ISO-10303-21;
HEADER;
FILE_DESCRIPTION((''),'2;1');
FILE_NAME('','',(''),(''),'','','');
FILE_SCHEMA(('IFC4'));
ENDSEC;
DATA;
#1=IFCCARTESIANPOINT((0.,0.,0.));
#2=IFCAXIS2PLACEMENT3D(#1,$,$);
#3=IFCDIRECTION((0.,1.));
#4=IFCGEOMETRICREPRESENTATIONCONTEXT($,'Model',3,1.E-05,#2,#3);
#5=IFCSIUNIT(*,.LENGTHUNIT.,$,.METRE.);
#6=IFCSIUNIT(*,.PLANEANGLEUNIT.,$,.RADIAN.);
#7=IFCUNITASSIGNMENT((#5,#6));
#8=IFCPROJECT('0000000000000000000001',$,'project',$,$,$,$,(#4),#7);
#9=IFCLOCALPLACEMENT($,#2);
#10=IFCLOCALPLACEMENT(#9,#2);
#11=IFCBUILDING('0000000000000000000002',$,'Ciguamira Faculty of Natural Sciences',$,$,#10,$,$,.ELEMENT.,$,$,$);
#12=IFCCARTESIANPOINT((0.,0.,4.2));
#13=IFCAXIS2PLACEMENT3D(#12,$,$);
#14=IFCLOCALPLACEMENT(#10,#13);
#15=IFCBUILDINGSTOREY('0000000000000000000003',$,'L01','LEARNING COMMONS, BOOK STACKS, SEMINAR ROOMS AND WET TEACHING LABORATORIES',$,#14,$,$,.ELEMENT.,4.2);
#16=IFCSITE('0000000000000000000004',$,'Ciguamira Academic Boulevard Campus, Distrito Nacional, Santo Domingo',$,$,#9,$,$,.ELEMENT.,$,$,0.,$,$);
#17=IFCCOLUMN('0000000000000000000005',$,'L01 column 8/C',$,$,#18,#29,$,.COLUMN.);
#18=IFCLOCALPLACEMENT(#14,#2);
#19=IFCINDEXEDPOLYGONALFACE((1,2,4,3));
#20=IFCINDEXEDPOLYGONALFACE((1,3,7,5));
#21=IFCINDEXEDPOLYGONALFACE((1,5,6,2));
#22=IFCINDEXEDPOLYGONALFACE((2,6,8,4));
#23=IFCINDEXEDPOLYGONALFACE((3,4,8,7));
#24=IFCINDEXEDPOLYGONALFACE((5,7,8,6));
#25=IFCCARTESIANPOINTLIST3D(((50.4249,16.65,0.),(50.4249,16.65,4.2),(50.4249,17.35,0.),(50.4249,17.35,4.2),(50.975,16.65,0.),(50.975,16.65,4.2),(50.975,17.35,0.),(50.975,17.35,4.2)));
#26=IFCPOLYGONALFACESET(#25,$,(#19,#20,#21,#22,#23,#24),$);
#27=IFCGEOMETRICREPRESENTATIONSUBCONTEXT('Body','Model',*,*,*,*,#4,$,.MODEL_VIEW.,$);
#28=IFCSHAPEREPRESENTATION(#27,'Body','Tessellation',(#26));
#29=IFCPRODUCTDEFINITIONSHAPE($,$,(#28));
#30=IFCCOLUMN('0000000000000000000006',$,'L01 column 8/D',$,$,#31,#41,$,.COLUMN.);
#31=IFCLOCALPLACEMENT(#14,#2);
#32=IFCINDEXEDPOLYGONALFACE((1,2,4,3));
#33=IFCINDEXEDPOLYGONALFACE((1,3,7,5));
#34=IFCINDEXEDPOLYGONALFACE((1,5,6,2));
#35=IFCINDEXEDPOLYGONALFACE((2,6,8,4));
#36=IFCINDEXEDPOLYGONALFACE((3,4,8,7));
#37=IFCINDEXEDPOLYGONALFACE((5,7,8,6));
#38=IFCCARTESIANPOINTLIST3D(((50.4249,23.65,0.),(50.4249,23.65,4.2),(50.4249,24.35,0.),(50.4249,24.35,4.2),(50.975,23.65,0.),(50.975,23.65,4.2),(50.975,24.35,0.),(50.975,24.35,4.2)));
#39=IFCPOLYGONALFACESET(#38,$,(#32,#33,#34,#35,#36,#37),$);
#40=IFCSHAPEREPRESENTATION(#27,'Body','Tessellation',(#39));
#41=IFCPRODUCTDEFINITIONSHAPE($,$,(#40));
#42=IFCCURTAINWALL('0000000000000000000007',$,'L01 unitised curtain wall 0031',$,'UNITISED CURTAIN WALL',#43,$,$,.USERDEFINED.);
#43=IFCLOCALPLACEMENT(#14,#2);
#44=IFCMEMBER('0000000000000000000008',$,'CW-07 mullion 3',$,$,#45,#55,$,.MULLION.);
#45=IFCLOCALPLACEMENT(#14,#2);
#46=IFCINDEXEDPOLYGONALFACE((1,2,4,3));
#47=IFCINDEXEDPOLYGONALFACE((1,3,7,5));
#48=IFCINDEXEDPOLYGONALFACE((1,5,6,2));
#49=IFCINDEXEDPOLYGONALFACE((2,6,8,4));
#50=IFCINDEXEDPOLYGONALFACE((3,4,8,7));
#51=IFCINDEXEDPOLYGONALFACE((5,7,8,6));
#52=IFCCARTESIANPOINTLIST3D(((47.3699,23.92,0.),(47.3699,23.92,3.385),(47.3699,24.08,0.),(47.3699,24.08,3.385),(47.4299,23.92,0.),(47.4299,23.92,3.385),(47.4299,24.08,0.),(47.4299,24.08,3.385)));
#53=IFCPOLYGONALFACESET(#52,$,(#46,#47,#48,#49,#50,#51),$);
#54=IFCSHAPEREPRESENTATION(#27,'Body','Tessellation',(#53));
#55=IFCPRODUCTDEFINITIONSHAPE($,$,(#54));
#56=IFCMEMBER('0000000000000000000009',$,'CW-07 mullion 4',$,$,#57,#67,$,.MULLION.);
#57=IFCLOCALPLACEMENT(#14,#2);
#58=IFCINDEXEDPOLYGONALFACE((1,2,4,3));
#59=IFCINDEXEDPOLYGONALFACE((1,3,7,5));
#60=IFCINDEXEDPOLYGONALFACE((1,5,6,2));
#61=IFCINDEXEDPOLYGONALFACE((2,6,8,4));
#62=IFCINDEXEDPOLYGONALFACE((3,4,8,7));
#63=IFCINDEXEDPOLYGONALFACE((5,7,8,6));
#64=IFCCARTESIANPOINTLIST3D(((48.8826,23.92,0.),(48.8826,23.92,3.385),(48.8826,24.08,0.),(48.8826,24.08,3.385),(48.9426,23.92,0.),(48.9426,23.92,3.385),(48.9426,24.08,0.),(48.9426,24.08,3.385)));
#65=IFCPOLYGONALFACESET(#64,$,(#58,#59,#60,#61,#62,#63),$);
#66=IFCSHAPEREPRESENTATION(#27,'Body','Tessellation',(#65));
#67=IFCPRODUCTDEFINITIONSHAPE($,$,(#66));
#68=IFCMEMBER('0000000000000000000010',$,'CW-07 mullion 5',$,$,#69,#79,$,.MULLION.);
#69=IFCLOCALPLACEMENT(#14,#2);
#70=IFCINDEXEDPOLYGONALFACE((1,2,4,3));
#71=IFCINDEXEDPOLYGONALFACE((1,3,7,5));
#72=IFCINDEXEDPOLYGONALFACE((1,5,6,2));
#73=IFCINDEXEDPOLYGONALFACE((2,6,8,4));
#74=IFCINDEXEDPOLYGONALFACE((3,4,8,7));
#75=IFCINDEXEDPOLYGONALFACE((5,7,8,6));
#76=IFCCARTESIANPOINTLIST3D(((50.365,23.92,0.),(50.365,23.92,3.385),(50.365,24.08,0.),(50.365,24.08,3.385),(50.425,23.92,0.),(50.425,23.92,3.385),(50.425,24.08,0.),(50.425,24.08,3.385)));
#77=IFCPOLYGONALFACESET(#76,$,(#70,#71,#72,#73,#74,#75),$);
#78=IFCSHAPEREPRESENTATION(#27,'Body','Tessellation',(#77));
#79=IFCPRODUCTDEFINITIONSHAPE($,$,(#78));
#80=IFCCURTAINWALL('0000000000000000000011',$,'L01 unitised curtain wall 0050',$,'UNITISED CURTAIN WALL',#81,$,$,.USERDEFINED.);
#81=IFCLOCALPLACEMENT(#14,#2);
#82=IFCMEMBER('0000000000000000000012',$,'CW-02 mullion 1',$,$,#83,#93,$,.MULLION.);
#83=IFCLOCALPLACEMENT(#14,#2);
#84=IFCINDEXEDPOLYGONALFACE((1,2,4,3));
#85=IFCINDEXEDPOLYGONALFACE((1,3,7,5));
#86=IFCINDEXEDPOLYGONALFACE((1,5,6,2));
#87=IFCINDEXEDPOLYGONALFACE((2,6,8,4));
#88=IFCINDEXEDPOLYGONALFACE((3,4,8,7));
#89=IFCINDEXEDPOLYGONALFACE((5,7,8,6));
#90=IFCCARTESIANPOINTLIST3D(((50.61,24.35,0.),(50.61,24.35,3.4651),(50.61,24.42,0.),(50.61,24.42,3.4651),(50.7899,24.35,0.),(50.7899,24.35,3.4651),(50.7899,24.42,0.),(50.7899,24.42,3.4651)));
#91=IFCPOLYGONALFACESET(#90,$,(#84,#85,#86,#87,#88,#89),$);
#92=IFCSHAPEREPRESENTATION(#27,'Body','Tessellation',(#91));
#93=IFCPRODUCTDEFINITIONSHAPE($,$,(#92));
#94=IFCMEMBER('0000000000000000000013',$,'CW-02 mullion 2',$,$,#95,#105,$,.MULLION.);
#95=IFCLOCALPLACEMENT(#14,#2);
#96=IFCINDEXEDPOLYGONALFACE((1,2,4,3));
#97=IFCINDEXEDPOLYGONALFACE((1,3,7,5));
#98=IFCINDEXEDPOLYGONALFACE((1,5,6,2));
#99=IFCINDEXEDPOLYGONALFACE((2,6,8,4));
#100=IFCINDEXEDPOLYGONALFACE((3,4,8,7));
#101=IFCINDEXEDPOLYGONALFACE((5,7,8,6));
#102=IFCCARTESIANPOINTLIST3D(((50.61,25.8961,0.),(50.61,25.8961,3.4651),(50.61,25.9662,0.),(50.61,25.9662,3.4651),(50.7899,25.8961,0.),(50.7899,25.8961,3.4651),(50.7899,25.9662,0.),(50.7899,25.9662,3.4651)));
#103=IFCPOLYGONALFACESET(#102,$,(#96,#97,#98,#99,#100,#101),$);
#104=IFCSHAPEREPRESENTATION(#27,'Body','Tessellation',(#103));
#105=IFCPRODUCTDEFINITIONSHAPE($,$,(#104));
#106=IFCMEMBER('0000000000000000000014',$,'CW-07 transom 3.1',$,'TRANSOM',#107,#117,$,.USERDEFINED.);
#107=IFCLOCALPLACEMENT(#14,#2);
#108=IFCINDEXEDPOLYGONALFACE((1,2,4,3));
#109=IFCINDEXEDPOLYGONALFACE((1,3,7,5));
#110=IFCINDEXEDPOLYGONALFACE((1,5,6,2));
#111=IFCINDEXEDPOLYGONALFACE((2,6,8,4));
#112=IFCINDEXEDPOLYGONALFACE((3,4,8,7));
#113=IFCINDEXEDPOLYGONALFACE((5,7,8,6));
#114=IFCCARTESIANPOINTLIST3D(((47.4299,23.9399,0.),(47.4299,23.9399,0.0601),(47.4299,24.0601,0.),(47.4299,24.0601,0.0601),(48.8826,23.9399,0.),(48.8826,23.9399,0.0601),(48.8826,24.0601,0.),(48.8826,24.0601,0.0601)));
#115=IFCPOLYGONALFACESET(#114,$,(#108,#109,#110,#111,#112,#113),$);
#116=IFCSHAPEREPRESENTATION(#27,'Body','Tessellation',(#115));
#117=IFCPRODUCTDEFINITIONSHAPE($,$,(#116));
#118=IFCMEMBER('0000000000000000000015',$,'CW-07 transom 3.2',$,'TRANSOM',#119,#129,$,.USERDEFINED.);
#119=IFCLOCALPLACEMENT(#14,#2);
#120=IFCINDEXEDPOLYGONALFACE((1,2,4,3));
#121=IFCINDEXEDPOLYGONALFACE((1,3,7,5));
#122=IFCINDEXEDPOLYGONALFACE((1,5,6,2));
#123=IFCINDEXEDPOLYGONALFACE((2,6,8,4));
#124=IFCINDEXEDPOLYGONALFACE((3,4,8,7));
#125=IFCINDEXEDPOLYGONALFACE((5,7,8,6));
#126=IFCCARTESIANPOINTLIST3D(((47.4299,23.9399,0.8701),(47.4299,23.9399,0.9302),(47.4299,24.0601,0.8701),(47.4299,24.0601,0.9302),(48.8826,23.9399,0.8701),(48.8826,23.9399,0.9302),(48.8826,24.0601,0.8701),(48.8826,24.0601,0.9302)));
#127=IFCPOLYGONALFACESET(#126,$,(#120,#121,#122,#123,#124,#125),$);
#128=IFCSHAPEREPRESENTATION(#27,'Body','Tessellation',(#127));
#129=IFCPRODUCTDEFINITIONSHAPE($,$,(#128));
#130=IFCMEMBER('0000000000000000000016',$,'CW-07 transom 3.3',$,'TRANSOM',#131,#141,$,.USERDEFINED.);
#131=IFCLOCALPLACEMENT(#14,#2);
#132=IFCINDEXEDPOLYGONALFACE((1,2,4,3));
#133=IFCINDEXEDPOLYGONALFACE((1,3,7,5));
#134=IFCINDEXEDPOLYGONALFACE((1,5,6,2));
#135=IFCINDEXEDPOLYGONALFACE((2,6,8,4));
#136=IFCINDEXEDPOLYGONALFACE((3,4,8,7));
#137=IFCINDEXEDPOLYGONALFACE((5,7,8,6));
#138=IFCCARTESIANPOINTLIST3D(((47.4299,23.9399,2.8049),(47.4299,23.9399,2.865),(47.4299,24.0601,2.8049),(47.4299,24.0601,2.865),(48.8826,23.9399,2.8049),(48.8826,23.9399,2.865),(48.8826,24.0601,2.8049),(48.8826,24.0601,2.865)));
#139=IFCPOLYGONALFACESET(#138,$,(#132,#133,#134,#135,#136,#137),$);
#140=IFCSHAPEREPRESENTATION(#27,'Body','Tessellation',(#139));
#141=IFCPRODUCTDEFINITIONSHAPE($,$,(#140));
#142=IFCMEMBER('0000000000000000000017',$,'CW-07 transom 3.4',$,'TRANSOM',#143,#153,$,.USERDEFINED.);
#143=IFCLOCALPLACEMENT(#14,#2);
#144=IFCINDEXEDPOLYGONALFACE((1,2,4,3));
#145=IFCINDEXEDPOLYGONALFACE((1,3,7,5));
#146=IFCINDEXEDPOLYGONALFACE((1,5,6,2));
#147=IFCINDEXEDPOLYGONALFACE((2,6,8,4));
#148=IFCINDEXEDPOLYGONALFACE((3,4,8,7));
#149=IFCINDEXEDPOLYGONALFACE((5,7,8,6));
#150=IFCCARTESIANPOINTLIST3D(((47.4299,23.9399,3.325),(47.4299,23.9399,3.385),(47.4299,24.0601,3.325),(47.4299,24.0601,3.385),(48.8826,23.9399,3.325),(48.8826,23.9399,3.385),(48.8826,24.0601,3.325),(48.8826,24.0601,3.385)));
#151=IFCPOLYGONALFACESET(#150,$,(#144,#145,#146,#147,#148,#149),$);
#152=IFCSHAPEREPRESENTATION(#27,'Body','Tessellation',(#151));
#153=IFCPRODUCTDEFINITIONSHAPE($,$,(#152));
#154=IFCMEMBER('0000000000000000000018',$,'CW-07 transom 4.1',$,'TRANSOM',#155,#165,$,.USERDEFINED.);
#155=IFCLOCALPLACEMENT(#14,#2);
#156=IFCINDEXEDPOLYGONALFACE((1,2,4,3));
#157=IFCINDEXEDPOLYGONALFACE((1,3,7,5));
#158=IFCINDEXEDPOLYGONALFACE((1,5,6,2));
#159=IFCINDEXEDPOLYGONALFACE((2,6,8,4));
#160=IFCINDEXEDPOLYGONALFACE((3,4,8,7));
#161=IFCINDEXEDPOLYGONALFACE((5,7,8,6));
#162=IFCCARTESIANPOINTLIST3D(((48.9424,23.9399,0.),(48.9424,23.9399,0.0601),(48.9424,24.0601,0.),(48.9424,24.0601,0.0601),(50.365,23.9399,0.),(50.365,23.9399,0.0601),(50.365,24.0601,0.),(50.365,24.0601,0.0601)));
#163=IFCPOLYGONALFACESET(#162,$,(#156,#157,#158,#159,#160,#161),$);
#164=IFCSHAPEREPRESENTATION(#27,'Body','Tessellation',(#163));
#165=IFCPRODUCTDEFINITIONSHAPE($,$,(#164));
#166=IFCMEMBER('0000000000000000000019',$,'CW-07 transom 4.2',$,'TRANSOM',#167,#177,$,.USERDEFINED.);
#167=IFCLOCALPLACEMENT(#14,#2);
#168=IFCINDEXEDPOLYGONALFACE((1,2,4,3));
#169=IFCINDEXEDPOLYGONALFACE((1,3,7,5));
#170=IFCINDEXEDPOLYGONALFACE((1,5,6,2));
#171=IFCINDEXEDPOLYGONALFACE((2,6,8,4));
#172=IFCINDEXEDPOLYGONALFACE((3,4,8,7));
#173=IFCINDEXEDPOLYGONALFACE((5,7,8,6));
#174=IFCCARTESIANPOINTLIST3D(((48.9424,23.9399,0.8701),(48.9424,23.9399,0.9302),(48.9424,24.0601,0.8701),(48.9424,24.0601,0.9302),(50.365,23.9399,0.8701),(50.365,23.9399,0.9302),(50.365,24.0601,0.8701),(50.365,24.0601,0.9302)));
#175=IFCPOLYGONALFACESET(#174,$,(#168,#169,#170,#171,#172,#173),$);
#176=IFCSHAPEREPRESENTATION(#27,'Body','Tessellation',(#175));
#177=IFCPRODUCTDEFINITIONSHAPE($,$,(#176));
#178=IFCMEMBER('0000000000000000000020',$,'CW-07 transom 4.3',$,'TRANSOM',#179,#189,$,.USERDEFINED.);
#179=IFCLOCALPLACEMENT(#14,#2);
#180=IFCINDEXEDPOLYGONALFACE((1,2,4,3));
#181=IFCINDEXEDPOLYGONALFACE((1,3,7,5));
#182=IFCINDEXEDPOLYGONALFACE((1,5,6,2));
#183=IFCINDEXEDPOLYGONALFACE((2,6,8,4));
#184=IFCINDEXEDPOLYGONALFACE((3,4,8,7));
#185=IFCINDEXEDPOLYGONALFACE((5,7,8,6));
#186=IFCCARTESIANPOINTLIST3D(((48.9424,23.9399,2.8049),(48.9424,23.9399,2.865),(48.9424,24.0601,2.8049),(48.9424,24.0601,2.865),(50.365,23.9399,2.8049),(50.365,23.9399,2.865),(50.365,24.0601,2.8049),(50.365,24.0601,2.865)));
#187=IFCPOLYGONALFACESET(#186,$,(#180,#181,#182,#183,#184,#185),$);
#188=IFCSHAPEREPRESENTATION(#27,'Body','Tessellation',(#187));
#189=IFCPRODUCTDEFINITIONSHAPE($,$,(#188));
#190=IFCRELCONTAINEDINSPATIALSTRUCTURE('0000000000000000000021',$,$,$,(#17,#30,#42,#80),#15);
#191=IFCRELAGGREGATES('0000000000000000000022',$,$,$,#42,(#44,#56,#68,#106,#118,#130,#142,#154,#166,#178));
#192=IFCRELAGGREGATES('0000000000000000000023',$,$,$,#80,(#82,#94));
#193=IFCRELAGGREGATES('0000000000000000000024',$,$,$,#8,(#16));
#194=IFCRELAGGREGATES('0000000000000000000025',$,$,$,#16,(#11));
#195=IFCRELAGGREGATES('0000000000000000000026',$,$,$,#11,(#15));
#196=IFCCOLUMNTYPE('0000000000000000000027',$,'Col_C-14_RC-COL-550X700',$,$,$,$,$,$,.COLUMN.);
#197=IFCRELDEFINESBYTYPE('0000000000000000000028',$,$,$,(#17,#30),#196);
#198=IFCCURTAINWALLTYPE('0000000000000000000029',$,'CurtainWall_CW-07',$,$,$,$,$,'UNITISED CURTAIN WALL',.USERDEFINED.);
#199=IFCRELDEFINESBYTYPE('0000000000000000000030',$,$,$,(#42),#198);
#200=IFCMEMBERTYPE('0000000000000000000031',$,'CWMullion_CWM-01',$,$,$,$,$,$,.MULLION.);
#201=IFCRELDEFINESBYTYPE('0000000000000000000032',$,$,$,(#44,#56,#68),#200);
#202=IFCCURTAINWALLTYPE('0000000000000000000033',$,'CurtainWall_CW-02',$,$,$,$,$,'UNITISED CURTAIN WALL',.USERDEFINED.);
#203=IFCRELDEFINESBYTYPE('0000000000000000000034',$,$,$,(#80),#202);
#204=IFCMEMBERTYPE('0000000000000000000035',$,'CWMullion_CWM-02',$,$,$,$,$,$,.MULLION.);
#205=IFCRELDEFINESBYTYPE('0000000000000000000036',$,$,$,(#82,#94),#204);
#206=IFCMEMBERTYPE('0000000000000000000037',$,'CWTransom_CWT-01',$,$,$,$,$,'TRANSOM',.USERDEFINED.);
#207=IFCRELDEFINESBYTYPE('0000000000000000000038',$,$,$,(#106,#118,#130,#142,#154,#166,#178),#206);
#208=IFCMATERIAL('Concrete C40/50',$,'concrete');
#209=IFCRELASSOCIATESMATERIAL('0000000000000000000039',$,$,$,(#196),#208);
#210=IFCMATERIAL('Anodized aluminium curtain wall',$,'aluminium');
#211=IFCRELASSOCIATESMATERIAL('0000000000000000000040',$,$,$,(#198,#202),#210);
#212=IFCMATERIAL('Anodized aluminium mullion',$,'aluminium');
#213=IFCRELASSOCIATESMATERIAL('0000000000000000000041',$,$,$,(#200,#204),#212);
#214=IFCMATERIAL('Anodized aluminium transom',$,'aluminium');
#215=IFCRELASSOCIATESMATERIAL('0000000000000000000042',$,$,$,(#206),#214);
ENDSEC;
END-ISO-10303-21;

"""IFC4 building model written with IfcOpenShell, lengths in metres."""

from ifc_helpers import new_model, si_unit, direction, frame, origin, origin_2d, place, context, subcontext, project, spatial, rectangle, extrude, material, material_profile, profile_set, type_object, element, aggregate, save


model = new_model("IFC4")

# Units and contexts
model_context = context("Model", 3, precision=1e-05, world=origin(), true_north=direction((0.0, 1.0)))
body_context = subcontext(model_context, "Body", "Model", "MODEL_VIEW")
ifc_project = project(units=[si_unit("LENGTHUNIT", "METRE"), si_unit("PLANEANGLEUNIT", "RADIAN")], contexts=[model_context])

# Site, building, storey
site_placement = place(None, origin())
site = spatial("IfcSite", under=ifc_project, at=site_placement, Name="Ciguamira Academic Boulevard Campus, Distrito Nacional, Santo Domingo", CompositionType="ELEMENT", RefElevation=0.0)
building_placement = place(site_placement, origin())
building = spatial("IfcBuilding", under=site, at=building_placement, Name="Ciguamira Faculty of Natural Sciences", CompositionType="ELEMENT")
storey_placement = place(building_placement, frame((0.0, 0.0, 4.2)))
storey = spatial("IfcBuildingStorey", under=building, at=storey_placement, Name="L01", Description="LEARNING COMMONS, BOOK STACKS, SEMINAR ROOMS AND WET TEACHING LABORATORIES", CompositionType="ELEMENT", Elevation=4.2)

# Columns
ifc_material_1 = material(Name="Concrete C40/50", Category="concrete")
ifc_material_profile_1 = material_profile(ifc_material_1, rectangle(XDim=0.55, YDim=0.7, at=origin_2d()), Name="RC-COL-550X700")
ifc_profile_set_1 = profile_set([ifc_material_profile_1], Name="Concrete C40/50")
column_type = type_object("IfcColumnType", Name="Col_C-14_RC-COL-550X700", PredefinedType="COLUMN", material=ifc_profile_set_1)
for number, where, z_axis, x_axis, name in (
    (1, (50.7, 17.0, 0.0), (0.0, 0.0, 1.0), (1.0, 0.0, 0.0), "L01 column 8/C"),
    (2, (50.7, 24.0, 0.0), (0.0, 0.0, 1.0), (1.0, 0.0, 0.0), "L01 column 8/D"),
):
    element("IfcColumn", number, at=place(storey_placement, frame(where, z_axis=z_axis, x_axis=x_axis)), inside=storey, type_object=column_type, Name=name, PredefinedType="COLUMN", context=body_context, shape_type="SweptSolid", body=[
        extrude(rectangle(XDim=0.55, YDim=0.7, at=origin_2d()), origin(), (0.0, 0.0, 1.0), 4.2),
    ])

# Curtain walls, members
ifc_material_2 = material(Name="Anodized aluminium curtain wall", Category="aluminium")
curtain_wall_type_1 = type_object("IfcCurtainWallType", Name="CurtainWall_CW-07", ElementType="UNITISED CURTAIN WALL", PredefinedType="USERDEFINED", material=ifc_material_2)
curtain_wall_1_placement = place(storey_placement, origin())
curtain_wall_1 = element("IfcCurtainWall", 3, at=curtain_wall_1_placement, inside=storey, type_object=curtain_wall_type_1, Name="L01 unitised curtain wall 0031", ObjectType="UNITISED CURTAIN WALL", PredefinedType="USERDEFINED")
ifc_material_3 = material(Name="Anodized aluminium mullion", Category="aluminium")
ifc_material_profile_2 = material_profile(ifc_material_3, rectangle(XDim=0.0601, YDim=0.1599, at=origin_2d()), Name="ALU-MUL-60X160")
ifc_profile_set_2 = profile_set([ifc_material_profile_2], Name="Anodized aluminium mullion")
member_type_1 = type_object("IfcMemberType", Name="CWMullion_CWM-01", PredefinedType="MULLION", material=ifc_profile_set_2)
member_1_placement = place(storey_placement, frame((47.3999, 24.0, 0.0), z_axis=(0.0, 0.0, 1.0), x_axis=(1.0, 0.0, 0.0)))
member_1 = element("IfcMember", 4, at=member_1_placement, type_object=member_type_1, Name="CW-07 mullion 3", PredefinedType="MULLION", context=body_context, shape_type="SweptSolid", body=[
    extrude(rectangle(XDim=0.0601, YDim=0.1599, at=origin_2d()), origin(), (0.0, 0.0, 1.0), 3.385),
])
member_2_placement = place(storey_placement, frame((48.9126, 24.0, 0.0), z_axis=(0.0, 0.0, 1.0), x_axis=(1.0, 0.0, 0.0)))
member_2 = element("IfcMember", 5, at=member_2_placement, type_object=member_type_1, Name="CW-07 mullion 4", PredefinedType="MULLION", context=body_context, shape_type="SweptSolid", body=[
    extrude(rectangle(XDim=0.0601, YDim=0.1599, at=origin_2d()), origin(), (0.0, 0.0, 1.0), 3.385),
])
member_3_placement = place(storey_placement, frame((50.395, 24.0, 0.0), z_axis=(0.0, 0.0, 1.0), x_axis=(1.0, 0.0, 0.0)))
member_3 = element("IfcMember", 6, at=member_3_placement, type_object=member_type_1, Name="CW-07 mullion 5", PredefinedType="MULLION", context=body_context, shape_type="SweptSolid", body=[
    extrude(rectangle(XDim=0.0601, YDim=0.1599, at=origin_2d()), origin(), (0.0, 0.0, 1.0), 3.385),
])
curtain_wall_type_2 = type_object("IfcCurtainWallType", Name="CurtainWall_CW-02", ElementType="UNITISED CURTAIN WALL", PredefinedType="USERDEFINED", material=ifc_material_2)
curtain_wall_2_placement = place(storey_placement, origin())
curtain_wall_2 = element("IfcCurtainWall", 7, at=curtain_wall_2_placement, inside=storey, type_object=curtain_wall_type_2, Name="L01 unitised curtain wall 0050", ObjectType="UNITISED CURTAIN WALL", PredefinedType="USERDEFINED")
ifc_material_profile_3 = material_profile(ifc_material_3, rectangle(XDim=0.0701, YDim=0.1799, at=origin_2d()), Name="ALU-MUL-70X180")
ifc_profile_set_3 = profile_set([ifc_material_profile_3], Name="Anodized aluminium mullion")
member_type_2 = type_object("IfcMemberType", Name="CWMullion_CWM-02", PredefinedType="MULLION", material=ifc_profile_set_3)
member_4_placement = place(storey_placement, frame((50.7, 24.385, 0.0), z_axis=(0.0, 0.0, 1.0), x_axis=(0.0, 1.0, 0.0)))
member_4 = element("IfcMember", 8, at=member_4_placement, type_object=member_type_2, Name="CW-02 mullion 1", PredefinedType="MULLION", context=body_context, shape_type="SweptSolid", body=[
    extrude(rectangle(XDim=0.0701, YDim=0.1799, at=origin_2d()), origin(), (0.0, 0.0, 1.0), 3.4651),
])
member_5_placement = place(storey_placement, frame((50.7, 25.9312, 0.0), z_axis=(0.0, 0.0, 1.0), x_axis=(0.0, 1.0, 0.0)))
member_5 = element("IfcMember", 9, at=member_5_placement, type_object=member_type_2, Name="CW-02 mullion 2", PredefinedType="MULLION", context=body_context, shape_type="SweptSolid", body=[
    extrude(rectangle(XDim=0.0701, YDim=0.1799, at=origin_2d()), origin(), (0.0, 0.0, 1.0), 3.4651),
])

# Members
ifc_material_4 = material(Name="Anodized aluminium transom", Category="aluminium")
ifc_material_profile_4 = material_profile(ifc_material_4, rectangle(XDim=0.0601, YDim=0.1201, at=origin_2d()), Name="ALU-TRN-60X120")
ifc_profile_set_4 = profile_set([ifc_material_profile_4], Name="Anodized aluminium transom")
member_type_3 = type_object("IfcMemberType", Name="CWTransom_CWT-01", ElementType="TRANSOM", PredefinedType="USERDEFINED", material=ifc_profile_set_4)
member_6_placement = place(storey_placement, frame((47.4299, 24.0, 0.03), z_axis=(1.0, 0.0, 0.0), x_axis=(0.0, 0.0, 1.0)))
member_6 = element("IfcMember", 10, at=member_6_placement, type_object=member_type_3, Name="CW-07 transom 3.1", ObjectType="TRANSOM", PredefinedType="USERDEFINED", context=body_context, shape_type="SweptSolid", body=[
    extrude(rectangle(XDim=0.0601, YDim=0.1201, at=origin_2d()), origin(), (0.0, 0.0, 1.0), 1.4526),
])
member_7_placement = place(storey_placement, frame((47.4299, 24.0, 0.9001), z_axis=(1.0, 0.0, 0.0), x_axis=(0.0, 0.0, 1.0)))
member_7 = element("IfcMember", 11, at=member_7_placement, type_object=member_type_3, Name="CW-07 transom 3.2", ObjectType="TRANSOM", PredefinedType="USERDEFINED", context=body_context, shape_type="SweptSolid", body=[
    extrude(rectangle(XDim=0.0601, YDim=0.1201, at=origin_2d()), origin(), (0.0, 0.0, 1.0), 1.4526),
])
member_8_placement = place(storey_placement, frame((47.4299, 24.0, 2.835), z_axis=(1.0, 0.0, 0.0), x_axis=(0.0, 0.0, 1.0)))
member_8 = element("IfcMember", 12, at=member_8_placement, type_object=member_type_3, Name="CW-07 transom 3.3", ObjectType="TRANSOM", PredefinedType="USERDEFINED", context=body_context, shape_type="SweptSolid", body=[
    extrude(rectangle(XDim=0.0601, YDim=0.1201, at=origin_2d()), origin(), (0.0, 0.0, 1.0), 1.4526),
])
member_9_placement = place(storey_placement, frame((47.4299, 24.0, 3.355), z_axis=(1.0, 0.0, 0.0), x_axis=(0.0, 0.0, 1.0)))
member_9 = element("IfcMember", 13, at=member_9_placement, type_object=member_type_3, Name="CW-07 transom 3.4", ObjectType="TRANSOM", PredefinedType="USERDEFINED", context=body_context, shape_type="SweptSolid", body=[
    extrude(rectangle(XDim=0.0601, YDim=0.1201, at=origin_2d()), origin(), (0.0, 0.0, 1.0), 1.4526),
])
member_10_placement = place(storey_placement, frame((48.9424, 24.0, 0.03), z_axis=(1.0, 0.0, 0.0), x_axis=(0.0, 0.0, 1.0)))
member_10 = element("IfcMember", 14, at=member_10_placement, type_object=member_type_3, Name="CW-07 transom 4.1", ObjectType="TRANSOM", PredefinedType="USERDEFINED", context=body_context, shape_type="SweptSolid", body=[
    extrude(rectangle(XDim=0.0601, YDim=0.1201, at=origin_2d()), origin(), (0.0, 0.0, 1.0), 1.4226),
])
member_11_placement = place(storey_placement, frame((48.9424, 24.0, 0.9001), z_axis=(1.0, 0.0, 0.0), x_axis=(0.0, 0.0, 1.0)))
member_11 = element("IfcMember", 15, at=member_11_placement, type_object=member_type_3, Name="CW-07 transom 4.2", ObjectType="TRANSOM", PredefinedType="USERDEFINED", context=body_context, shape_type="SweptSolid", body=[
    extrude(rectangle(XDim=0.0601, YDim=0.1201, at=origin_2d()), origin(), (0.0, 0.0, 1.0), 1.4226),
])
member_12_placement = place(storey_placement, frame((48.9424, 24.0, 2.835), z_axis=(1.0, 0.0, 0.0), x_axis=(0.0, 0.0, 1.0)))
member_12 = element("IfcMember", 16, at=member_12_placement, type_object=member_type_3, Name="CW-07 transom 4.3", ObjectType="TRANSOM", PredefinedType="USERDEFINED", context=body_context, shape_type="SweptSolid", body=[
    extrude(rectangle(XDim=0.0601, YDim=0.1201, at=origin_2d()), origin(), (0.0, 0.0, 1.0), 1.4226),
])

aggregate(curtain_wall_1, [member_1, member_2, member_3, member_6, member_7, member_8, member_9, member_10, member_11, member_12])
aggregate(curtain_wall_2, [member_4, member_5])

save(model, "model.ifc")
